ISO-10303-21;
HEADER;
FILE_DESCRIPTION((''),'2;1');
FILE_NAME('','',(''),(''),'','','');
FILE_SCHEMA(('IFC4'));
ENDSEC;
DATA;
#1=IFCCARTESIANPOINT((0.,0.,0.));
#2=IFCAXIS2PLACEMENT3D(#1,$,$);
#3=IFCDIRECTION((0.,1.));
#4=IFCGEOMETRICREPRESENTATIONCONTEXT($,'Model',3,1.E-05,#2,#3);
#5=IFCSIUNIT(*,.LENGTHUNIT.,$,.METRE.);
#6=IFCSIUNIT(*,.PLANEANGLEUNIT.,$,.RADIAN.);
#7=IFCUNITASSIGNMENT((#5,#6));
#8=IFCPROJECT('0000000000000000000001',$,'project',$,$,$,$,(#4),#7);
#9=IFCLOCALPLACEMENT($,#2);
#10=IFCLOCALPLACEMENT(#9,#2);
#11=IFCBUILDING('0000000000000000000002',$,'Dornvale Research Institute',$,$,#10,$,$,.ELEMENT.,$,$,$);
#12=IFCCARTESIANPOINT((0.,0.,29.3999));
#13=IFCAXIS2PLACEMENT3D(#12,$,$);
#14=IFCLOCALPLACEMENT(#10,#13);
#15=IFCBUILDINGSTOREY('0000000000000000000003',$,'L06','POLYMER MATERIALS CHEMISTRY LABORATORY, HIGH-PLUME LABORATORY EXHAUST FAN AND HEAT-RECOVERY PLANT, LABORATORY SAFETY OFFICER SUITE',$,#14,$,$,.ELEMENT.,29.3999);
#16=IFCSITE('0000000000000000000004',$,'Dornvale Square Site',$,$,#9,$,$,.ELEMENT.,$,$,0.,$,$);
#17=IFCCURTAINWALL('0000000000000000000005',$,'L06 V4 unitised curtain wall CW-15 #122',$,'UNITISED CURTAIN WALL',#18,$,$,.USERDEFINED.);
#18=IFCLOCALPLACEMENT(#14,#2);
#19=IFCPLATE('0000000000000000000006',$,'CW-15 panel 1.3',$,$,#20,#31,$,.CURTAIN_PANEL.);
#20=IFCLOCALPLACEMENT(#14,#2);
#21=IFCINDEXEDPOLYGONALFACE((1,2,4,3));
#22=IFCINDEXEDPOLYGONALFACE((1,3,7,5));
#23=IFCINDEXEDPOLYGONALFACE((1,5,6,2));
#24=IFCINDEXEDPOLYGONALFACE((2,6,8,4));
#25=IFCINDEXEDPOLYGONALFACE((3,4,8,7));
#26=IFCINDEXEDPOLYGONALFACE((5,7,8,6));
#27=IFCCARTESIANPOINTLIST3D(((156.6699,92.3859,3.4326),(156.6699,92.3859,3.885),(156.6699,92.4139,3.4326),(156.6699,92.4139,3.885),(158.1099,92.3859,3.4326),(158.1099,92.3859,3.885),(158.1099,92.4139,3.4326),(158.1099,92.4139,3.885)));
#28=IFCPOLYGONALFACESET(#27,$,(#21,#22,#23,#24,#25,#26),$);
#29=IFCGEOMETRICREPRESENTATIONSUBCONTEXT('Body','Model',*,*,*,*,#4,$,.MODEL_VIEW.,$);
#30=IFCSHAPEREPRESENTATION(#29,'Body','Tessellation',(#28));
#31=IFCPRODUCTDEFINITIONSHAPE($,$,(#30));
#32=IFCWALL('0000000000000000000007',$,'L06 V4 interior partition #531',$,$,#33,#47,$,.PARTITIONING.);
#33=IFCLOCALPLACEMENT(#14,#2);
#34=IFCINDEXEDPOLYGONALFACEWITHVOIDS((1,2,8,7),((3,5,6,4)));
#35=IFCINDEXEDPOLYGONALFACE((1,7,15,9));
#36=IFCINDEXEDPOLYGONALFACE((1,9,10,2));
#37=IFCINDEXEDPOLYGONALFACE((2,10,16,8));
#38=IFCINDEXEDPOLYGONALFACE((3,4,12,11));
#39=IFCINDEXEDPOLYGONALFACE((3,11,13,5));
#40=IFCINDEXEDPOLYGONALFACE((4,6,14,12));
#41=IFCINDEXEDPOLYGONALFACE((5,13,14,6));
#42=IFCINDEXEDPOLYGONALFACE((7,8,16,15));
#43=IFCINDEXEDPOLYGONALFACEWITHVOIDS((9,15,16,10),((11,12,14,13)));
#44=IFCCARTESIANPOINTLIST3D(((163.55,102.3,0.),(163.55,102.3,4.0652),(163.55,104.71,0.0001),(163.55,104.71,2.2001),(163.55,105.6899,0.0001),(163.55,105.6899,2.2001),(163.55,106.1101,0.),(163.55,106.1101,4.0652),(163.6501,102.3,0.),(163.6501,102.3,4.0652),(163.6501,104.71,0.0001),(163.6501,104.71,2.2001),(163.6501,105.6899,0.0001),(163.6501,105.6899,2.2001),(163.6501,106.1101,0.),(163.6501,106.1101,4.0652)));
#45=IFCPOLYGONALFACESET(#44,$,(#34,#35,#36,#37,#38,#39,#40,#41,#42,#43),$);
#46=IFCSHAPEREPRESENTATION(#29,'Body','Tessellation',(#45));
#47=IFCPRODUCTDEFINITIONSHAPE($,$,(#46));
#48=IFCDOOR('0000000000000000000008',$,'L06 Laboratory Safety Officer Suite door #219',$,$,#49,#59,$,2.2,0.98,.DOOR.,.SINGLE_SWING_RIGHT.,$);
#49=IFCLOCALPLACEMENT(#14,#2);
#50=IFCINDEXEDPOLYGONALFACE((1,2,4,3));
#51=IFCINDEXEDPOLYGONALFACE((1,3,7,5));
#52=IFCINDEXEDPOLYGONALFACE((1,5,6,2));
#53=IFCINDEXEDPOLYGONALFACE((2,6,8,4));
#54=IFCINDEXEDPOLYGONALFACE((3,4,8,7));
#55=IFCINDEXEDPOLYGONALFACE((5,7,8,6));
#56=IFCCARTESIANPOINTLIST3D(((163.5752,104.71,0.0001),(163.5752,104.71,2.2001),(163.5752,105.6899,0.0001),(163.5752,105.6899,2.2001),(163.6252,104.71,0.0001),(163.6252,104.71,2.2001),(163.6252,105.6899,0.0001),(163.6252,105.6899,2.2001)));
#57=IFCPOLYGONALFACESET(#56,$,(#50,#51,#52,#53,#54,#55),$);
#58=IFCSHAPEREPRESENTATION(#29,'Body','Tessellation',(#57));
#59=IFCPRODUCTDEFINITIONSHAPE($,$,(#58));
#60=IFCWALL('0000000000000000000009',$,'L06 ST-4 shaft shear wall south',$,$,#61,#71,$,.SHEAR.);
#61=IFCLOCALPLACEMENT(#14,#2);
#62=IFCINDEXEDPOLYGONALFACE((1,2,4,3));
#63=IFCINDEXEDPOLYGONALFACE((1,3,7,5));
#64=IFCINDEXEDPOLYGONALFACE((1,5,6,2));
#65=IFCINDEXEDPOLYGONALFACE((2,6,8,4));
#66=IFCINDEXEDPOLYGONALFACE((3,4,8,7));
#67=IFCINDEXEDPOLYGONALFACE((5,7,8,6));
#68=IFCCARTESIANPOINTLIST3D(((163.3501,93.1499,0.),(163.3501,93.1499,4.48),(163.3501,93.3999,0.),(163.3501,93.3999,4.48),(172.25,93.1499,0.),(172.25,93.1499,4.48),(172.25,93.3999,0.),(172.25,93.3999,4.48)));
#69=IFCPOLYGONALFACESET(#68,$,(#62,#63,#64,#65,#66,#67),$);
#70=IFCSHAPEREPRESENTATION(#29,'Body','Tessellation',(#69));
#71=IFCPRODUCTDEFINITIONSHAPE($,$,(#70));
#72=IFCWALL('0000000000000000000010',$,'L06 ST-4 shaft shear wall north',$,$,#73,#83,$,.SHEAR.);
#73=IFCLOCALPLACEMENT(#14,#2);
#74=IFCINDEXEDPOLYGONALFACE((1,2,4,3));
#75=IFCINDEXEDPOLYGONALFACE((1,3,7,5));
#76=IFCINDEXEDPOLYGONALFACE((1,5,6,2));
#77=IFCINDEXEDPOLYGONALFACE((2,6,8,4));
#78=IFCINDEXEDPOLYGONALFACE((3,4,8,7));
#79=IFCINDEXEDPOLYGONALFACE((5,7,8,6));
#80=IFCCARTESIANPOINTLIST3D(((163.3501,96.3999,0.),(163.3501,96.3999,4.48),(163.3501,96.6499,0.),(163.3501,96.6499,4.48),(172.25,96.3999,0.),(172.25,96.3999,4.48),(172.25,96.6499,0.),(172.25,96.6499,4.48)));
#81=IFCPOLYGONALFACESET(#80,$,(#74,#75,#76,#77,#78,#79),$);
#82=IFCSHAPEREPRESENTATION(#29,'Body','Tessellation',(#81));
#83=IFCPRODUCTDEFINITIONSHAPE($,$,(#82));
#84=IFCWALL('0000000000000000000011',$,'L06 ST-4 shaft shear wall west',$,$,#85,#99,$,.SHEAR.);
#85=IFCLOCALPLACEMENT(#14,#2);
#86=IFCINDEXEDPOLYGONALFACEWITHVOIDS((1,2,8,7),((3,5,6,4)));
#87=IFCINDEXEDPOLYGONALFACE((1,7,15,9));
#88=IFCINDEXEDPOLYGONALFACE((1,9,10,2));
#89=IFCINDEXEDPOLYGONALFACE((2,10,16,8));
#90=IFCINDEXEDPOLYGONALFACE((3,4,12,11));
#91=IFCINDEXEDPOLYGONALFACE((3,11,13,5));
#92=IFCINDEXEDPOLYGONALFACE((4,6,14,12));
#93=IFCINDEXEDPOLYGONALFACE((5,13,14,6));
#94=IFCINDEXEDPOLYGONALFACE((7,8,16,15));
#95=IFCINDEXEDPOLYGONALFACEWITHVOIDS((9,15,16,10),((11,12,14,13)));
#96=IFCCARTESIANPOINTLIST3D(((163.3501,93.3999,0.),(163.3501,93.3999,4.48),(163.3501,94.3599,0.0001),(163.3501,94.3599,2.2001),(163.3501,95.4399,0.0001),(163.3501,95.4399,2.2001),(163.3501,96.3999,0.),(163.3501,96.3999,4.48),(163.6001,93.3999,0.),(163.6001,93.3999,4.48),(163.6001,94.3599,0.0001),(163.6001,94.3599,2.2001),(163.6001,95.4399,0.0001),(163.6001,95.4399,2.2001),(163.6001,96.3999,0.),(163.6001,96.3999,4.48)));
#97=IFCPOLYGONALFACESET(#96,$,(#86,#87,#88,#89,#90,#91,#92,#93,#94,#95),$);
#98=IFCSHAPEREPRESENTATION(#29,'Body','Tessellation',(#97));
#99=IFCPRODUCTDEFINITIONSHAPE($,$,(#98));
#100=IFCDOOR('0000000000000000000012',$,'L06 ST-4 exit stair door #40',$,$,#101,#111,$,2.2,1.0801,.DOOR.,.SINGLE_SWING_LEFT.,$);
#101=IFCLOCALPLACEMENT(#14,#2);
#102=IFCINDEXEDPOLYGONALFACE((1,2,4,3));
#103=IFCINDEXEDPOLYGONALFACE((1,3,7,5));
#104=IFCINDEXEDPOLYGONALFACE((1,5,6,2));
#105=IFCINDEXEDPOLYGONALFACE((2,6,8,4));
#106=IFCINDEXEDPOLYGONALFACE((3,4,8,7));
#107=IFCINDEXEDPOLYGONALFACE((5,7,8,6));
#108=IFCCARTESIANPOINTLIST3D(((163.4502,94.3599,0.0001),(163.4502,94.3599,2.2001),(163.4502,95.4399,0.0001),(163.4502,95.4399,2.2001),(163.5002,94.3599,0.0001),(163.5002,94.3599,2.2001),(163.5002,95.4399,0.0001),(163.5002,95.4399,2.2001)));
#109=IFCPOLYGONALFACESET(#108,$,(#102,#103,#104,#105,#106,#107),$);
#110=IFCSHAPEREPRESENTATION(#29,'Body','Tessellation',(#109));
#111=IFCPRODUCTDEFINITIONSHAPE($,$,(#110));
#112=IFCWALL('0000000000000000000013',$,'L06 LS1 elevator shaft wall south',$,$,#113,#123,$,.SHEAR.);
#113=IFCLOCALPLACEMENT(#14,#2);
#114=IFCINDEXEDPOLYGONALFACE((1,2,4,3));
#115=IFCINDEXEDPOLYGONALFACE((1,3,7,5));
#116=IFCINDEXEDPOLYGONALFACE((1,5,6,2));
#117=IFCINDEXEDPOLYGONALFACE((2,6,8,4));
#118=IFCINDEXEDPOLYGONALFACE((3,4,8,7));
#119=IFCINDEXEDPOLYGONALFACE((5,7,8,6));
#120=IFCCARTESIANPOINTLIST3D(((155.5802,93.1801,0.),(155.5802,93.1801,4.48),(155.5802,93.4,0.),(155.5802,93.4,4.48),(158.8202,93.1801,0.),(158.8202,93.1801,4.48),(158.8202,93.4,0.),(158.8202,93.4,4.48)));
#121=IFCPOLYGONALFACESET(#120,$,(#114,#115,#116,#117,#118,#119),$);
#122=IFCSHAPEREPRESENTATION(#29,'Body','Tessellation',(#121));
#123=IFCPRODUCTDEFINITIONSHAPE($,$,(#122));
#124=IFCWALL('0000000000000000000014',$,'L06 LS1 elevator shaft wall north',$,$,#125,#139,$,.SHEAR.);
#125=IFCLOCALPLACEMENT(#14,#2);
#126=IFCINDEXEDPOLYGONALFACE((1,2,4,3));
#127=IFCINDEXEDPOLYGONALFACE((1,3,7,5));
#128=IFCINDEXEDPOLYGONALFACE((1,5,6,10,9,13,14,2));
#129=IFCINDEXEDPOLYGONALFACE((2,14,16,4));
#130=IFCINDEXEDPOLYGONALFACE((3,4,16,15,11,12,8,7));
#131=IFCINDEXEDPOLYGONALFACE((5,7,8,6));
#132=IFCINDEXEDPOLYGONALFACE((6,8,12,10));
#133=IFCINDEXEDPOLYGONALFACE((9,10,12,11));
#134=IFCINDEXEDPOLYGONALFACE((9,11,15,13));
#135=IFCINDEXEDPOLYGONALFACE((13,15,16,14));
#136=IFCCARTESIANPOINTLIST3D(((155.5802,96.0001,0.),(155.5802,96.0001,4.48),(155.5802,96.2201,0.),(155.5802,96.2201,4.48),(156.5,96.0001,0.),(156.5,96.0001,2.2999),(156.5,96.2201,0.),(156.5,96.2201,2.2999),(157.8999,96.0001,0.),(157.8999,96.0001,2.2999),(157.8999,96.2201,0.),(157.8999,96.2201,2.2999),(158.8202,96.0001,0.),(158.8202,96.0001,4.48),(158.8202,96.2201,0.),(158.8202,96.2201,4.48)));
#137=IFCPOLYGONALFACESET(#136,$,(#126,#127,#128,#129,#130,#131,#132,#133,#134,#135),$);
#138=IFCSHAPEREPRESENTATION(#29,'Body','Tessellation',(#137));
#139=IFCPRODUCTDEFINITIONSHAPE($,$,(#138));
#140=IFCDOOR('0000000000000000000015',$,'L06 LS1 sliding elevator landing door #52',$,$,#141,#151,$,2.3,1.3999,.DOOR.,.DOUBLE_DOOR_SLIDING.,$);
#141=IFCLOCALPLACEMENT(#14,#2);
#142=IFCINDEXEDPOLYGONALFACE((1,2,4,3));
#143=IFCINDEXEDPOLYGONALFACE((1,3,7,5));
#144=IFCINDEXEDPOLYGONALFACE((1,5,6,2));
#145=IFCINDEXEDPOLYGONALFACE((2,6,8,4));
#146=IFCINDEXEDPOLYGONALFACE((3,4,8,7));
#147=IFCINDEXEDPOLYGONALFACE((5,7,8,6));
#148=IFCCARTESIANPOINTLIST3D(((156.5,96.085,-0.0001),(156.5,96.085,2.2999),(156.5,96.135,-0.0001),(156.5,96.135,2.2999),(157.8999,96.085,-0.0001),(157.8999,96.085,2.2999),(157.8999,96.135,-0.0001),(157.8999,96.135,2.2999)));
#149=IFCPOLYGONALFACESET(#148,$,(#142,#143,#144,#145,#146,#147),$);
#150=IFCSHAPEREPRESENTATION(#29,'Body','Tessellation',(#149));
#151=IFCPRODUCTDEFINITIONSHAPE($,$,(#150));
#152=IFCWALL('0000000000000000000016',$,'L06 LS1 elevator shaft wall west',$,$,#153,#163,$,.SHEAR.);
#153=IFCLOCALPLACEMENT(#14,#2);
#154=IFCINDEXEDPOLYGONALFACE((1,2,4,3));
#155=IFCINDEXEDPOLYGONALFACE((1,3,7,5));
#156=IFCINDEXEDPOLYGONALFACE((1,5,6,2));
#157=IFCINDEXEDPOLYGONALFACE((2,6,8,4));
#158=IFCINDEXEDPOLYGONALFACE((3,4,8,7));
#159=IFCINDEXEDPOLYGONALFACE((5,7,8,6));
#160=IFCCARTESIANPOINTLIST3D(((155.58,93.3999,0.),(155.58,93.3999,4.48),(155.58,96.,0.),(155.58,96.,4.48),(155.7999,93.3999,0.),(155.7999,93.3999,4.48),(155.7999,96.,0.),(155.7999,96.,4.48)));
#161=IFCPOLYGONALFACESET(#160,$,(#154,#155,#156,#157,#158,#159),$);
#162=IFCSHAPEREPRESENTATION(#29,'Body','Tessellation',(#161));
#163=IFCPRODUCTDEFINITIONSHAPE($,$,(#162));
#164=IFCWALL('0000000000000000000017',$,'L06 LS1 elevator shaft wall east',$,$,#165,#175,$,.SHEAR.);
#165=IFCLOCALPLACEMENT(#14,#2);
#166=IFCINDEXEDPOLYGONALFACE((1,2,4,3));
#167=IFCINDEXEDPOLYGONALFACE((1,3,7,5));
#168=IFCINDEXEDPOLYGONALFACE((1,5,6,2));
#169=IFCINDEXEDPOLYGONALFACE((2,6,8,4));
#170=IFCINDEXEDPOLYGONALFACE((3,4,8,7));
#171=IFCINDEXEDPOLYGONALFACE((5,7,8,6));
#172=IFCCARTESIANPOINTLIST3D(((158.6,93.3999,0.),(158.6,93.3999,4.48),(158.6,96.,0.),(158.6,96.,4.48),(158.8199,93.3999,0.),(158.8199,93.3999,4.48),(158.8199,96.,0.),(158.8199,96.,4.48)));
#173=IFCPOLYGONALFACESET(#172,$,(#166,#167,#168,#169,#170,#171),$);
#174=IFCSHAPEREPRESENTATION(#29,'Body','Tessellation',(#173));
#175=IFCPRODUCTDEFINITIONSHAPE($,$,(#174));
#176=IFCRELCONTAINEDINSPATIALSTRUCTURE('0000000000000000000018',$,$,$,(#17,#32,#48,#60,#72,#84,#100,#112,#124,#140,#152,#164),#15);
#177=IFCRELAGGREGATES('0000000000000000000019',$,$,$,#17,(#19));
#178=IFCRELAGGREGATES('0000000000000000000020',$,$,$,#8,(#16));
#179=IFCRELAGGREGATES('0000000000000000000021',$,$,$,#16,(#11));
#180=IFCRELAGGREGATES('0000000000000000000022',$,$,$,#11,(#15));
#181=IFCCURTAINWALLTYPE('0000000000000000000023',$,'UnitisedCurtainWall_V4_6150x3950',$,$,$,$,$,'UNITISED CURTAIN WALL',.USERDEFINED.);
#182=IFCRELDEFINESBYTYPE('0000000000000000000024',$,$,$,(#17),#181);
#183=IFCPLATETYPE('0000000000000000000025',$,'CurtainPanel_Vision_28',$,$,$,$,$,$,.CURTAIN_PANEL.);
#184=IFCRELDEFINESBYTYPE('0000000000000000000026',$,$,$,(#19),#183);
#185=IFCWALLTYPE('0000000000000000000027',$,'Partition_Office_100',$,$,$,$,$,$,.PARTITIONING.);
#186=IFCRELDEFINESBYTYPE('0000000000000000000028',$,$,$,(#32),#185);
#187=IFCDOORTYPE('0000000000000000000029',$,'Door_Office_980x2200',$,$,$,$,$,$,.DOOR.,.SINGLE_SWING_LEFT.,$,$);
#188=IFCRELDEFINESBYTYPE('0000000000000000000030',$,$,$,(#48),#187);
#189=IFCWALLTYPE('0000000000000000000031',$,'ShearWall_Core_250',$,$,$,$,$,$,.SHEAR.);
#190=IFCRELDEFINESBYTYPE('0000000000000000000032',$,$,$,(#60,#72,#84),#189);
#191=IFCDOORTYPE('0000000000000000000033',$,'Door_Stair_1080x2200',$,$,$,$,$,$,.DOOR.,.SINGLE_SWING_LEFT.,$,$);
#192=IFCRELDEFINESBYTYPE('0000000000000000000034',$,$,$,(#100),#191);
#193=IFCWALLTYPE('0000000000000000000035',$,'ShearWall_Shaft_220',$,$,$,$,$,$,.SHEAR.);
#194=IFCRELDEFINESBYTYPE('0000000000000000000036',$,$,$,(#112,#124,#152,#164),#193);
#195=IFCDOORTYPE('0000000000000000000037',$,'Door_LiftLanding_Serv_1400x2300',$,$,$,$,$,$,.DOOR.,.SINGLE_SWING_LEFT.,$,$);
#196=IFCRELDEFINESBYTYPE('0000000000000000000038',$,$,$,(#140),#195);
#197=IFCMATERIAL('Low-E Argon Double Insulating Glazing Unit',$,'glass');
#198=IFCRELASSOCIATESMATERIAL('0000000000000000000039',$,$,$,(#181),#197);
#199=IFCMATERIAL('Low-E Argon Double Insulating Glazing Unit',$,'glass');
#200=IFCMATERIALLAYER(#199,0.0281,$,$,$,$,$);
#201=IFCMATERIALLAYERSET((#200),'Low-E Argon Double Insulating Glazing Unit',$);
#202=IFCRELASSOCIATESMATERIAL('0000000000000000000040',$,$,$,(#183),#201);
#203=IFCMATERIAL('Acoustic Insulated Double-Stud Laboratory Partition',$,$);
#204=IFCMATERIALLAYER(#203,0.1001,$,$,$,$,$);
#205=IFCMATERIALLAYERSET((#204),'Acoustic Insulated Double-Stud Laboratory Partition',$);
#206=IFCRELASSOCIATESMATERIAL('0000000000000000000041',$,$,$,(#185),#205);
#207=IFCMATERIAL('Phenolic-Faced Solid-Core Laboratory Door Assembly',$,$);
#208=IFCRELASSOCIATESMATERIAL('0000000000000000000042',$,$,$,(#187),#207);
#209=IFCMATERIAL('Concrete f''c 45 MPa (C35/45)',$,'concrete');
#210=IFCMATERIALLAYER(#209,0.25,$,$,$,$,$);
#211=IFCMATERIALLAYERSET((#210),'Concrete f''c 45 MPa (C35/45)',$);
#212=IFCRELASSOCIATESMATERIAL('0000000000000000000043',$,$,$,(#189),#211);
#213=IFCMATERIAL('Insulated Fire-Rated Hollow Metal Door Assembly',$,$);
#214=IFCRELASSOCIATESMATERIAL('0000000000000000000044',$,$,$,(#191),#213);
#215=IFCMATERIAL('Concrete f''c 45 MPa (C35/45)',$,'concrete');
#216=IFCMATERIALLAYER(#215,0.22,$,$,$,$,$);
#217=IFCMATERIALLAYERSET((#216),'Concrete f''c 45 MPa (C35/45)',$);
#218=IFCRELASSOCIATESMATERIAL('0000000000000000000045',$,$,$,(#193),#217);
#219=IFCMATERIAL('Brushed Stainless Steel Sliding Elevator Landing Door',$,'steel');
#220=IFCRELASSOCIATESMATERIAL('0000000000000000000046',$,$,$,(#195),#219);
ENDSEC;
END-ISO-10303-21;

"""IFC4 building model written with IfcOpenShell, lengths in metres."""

from ifc_helpers import new_model, si_unit, direction, frame, frame_2d, origin, origin_2d, place, context, subcontext, project, spatial, rectangle, extrude, material, layer, layer_set, type_object, element, fill, aggregate, save


model = new_model("IFC4")

# Units and contexts
model_context = context("Model", 3, precision=1e-05, world=origin(), true_north=direction((0.0, 1.0)))
body_context = subcontext(model_context, "Body", "Model", "MODEL_VIEW")
ifc_project = project(units=[si_unit("LENGTHUNIT", "METRE"), si_unit("PLANEANGLEUNIT", "RADIAN")], contexts=[model_context])

# Site, building, storey
site_placement = place(None, origin())
site = spatial("IfcSite", under=ifc_project, at=site_placement, Name="Dornvale Square Site", CompositionType="ELEMENT", RefElevation=0.0)
building_placement = place(site_placement, origin())
building = spatial("IfcBuilding", under=site, at=building_placement, Name="Dornvale Research Institute", CompositionType="ELEMENT")
storey_placement = place(building_placement, frame((0.0, 0.0, 29.3999)))
storey = spatial("IfcBuildingStorey", under=building, at=storey_placement, Name="L06", Description="POLYMER MATERIALS CHEMISTRY LABORATORY, HIGH-PLUME LABORATORY EXHAUST FAN AND HEAT-RECOVERY PLANT, LABORATORY SAFETY OFFICER SUITE", CompositionType="ELEMENT", Elevation=29.3999)

# Curtain wall
ifc_material_1 = material(Name="Low-E Argon Double Insulating Glazing Unit", Category="glass")
curtain_wall_type = type_object("IfcCurtainWallType", Name="UnitisedCurtainWall_V4_6150x3950", ElementType="UNITISED CURTAIN WALL", PredefinedType="USERDEFINED", material=ifc_material_1)
curtain_wall_placement = place(storey_placement, origin())
curtain_wall = element("IfcCurtainWall", 1, at=curtain_wall_placement, inside=storey, type_object=curtain_wall_type, Name="L06 V4 unitised curtain wall CW-15 #122", ObjectType="UNITISED CURTAIN WALL", PredefinedType="USERDEFINED")

# Plate
ifc_material_2 = material(Name="Low-E Argon Double Insulating Glazing Unit", Category="glass")
ifc_layer_1 = layer(ifc_material_2, 0.0281)
ifc_layer_set_1 = layer_set([ifc_layer_1], Name="Low-E Argon Double Insulating Glazing Unit")
plate_type = type_object("IfcPlateType", Name="CurtainPanel_Vision_28", PredefinedType="CURTAIN_PANEL", material=ifc_layer_set_1)
plate_placement = place(storey_placement, frame((157.3899, 92.3999, 3.4326), z_axis=(0.0, 0.0, 1.0), x_axis=(-1.0, 0.0, 0.0)))
plate = element("IfcPlate", 2, at=plate_placement, type_object=plate_type, Name="CW-15 panel 1.3", PredefinedType="CURTAIN_PANEL", context=body_context, shape_type="SweptSolid", body=[
    extrude(rectangle(XDim=1.4399, YDim=0.0281, at=origin_2d()), origin(), (0.0, 0.0, 1.0), 0.4524),
])
aggregate(curtain_wall, [plate])

# Wall, opening, door
ifc_material_3 = material(Name="Acoustic Insulated Double-Stud Laboratory Partition")
ifc_layer_2 = layer(ifc_material_3, 0.1001)
ifc_layer_set_2 = layer_set([ifc_layer_2], Name="Acoustic Insulated Double-Stud Laboratory Partition")
wall_type_1 = type_object("IfcWallType", Name="Partition_Office_100", PredefinedType="PARTITIONING", material=ifc_layer_set_2)
wall_1_placement = place(storey_placement, frame((163.6001, 102.3, 0.0), z_axis=(0.0, 0.0, 1.0), x_axis=(0.0, 1.0, 0.0)))
wall_1 = element("IfcWall", 3, at=wall_1_placement, inside=storey, type_object=wall_type_1, Name="L06 V4 interior partition #531", PredefinedType="PARTITIONING", context=body_context, shape_type="SweptSolid", body=[
    extrude(rectangle(XDim=3.8101, YDim=0.1001, at=frame_2d((1.905, 0.0))), origin(), (0.0, 0.0, 1.0), 4.0652),
])
opening_1_placement = place(wall_1_placement, frame((2.4099, 0.0, 0.0)))
opening_1 = element("IfcOpeningElement", 4, at=opening_1_placement, cuts=wall_1, PredefinedType="OPENING", context=body_context, shape_type="SweptSolid", body=[
    extrude(rectangle(XDim=0.98, YDim=2.2, at=frame_2d((0.49, 1.1001))), frame((0.0, 0.0649, 0.0), z_axis=(0.0, -1.0, 0.0), x_axis=(1.0, 0.0, 0.0)), (0.0, 0.0, 1.0), 0.1301),
])
ifc_material_4 = material(Name="Phenolic-Faced Solid-Core Laboratory Door Assembly")
door_type_1 = type_object("IfcDoorType", Name="Door_Office_980x2200", OperationType="SINGLE_SWING_LEFT", PredefinedType="DOOR", material=ifc_material_4)
door_1_placement = place(opening_1_placement, origin())
door_1 = element("IfcDoor", 5, at=door_1_placement, inside=storey, type_object=door_type_1, Name="L06 Laboratory Safety Officer Suite door #219", OperationType="SINGLE_SWING_RIGHT", OverallHeight=2.2, OverallWidth=0.98, PredefinedType="DOOR", context=body_context, shape_type="SweptSolid", body=[
    extrude(rectangle(XDim=0.98, YDim=2.2, at=frame_2d((0.49, 1.1001))), frame((0.0, 0.0249, 0.0), z_axis=(0.0, -1.0, 0.0), x_axis=(1.0, 0.0, 0.0)), (0.0, 0.0, 1.0), 0.05),
])
fill(opening_1, door_1)

# Walls
ifc_material_5 = material(Name="Concrete f'c 45 MPa (C35/45)", Category="concrete")
ifc_layer_3 = layer(ifc_material_5, 0.25)
ifc_layer_set_3 = layer_set([ifc_layer_3], Name="Concrete f'c 45 MPa (C35/45)")
wall_type_2 = type_object("IfcWallType", Name="ShearWall_Core_250", PredefinedType="SHEAR", material=ifc_layer_set_3)
for number, where, z_axis, x_axis, name in (
    (6, (163.3501, 93.2749, 0.0), (0.0, 0.0, 1.0), (1.0, 0.0, 0.0), "L06 ST-4 shaft shear wall south"),
    (7, (163.3501, 96.5249, 0.0), (0.0, 0.0, 1.0), (1.0, 0.0, 0.0), "L06 ST-4 shaft shear wall north"),
):
    element("IfcWall", number, at=place(storey_placement, frame(where, z_axis=z_axis, x_axis=x_axis)), inside=storey, type_object=wall_type_2, Name=name, PredefinedType="SHEAR", context=body_context, shape_type="SweptSolid", body=[
        extrude(rectangle(XDim=8.8999, YDim=0.25, at=frame_2d((4.45, 0.0))), origin(), (0.0, 0.0, 1.0), 4.48),
    ])

# Wall, opening, door
wall_2_placement = place(storey_placement, frame((163.4751, 93.3999, 0.0), z_axis=(0.0, 0.0, 1.0), x_axis=(0.0, 1.0, 0.0)))
wall_2 = element("IfcWall", 8, at=wall_2_placement, inside=storey, type_object=wall_type_2, Name="L06 ST-4 shaft shear wall west", PredefinedType="SHEAR", context=body_context, shape_type="SweptSolid", body=[
    extrude(rectangle(XDim=3.0, YDim=0.25, at=frame_2d((1.5, 0.0))), origin(), (0.0, 0.0, 1.0), 4.48),
])
opening_2_placement = place(wall_2_placement, frame((0.96, 0.0, 0.0)))
opening_2 = element("IfcOpeningElement", 9, at=opening_2_placement, cuts=wall_2, PredefinedType="OPENING", context=body_context, shape_type="SweptSolid", body=[
    extrude(rectangle(XDim=1.0801, YDim=2.2, at=frame_2d((0.54, 1.1001))), frame((0.0, 0.1399, 0.0), z_axis=(0.0, -1.0, 0.0), x_axis=(1.0, 0.0, 0.0)), (0.0, 0.0, 1.0), 0.28),
])
ifc_material_6 = material(Name="Insulated Fire-Rated Hollow Metal Door Assembly")
door_type_2 = type_object("IfcDoorType", Name="Door_Stair_1080x2200", OperationType="SINGLE_SWING_LEFT", PredefinedType="DOOR", material=ifc_material_6)
door_2_placement = place(opening_2_placement, origin())
door_2 = element("IfcDoor", 10, at=door_2_placement, inside=storey, type_object=door_type_2, Name="L06 ST-4 exit stair door #40", OperationType="SINGLE_SWING_LEFT", OverallHeight=2.2, OverallWidth=1.0801, PredefinedType="DOOR", context=body_context, shape_type="SweptSolid", body=[
    extrude(rectangle(XDim=1.0801, YDim=2.2, at=frame_2d((0.54, 1.1001))), frame((0.0, 0.0249, 0.0), z_axis=(0.0, -1.0, 0.0), x_axis=(1.0, 0.0, 0.0)), (0.0, 0.0, 1.0), 0.05),
])
fill(opening_2, door_2)

# Wall
ifc_material_7 = material(Name="Concrete f'c 45 MPa (C35/45)", Category="concrete")
ifc_layer_4 = layer(ifc_material_7, 0.22)
ifc_layer_set_4 = layer_set([ifc_layer_4], Name="Concrete f'c 45 MPa (C35/45)")
wall_type_3 = type_object("IfcWallType", Name="ShearWall_Shaft_220", PredefinedType="SHEAR", material=ifc_layer_set_4)
wall_3_placement = place(storey_placement, frame((155.5801, 93.29, 0.0), z_axis=(0.0, 0.0, 1.0), x_axis=(1.0, 0.0, 0.0)))
element("IfcWall", 11, at=wall_3_placement, inside=storey, type_object=wall_type_3, Name="L06 LS1 elevator shaft wall south", PredefinedType="SHEAR", context=body_context, shape_type="SweptSolid", body=[
    extrude(rectangle(XDim=3.24, YDim=0.22, at=frame_2d((1.6201, 0.0))), origin(), (0.0, 0.0, 1.0), 4.48),
])

# Wall, opening, door
wall_4_placement = place(storey_placement, frame((155.5801, 96.1101, 0.0), z_axis=(0.0, 0.0, 1.0), x_axis=(1.0, 0.0, 0.0)))
wall_4 = element("IfcWall", 12, at=wall_4_placement, inside=storey, type_object=wall_type_3, Name="L06 LS1 elevator shaft wall north", PredefinedType="SHEAR", context=body_context, shape_type="SweptSolid", body=[
    extrude(rectangle(XDim=3.24, YDim=0.22, at=frame_2d((1.6201, 0.0))), origin(), (0.0, 0.0, 1.0), 4.48),
])
opening_3_placement = place(wall_4_placement, frame((0.9199, 0.0, 0.0)))
opening_3 = element("IfcOpeningElement", 13, at=opening_3_placement, cuts=wall_4, PredefinedType="OPENING", context=body_context, shape_type="SweptSolid", body=[
    extrude(rectangle(XDim=1.3999, YDim=2.3, at=frame_2d((0.7, 1.1499))), frame((0.0, 0.125, 0.0), z_axis=(0.0, -1.0, 0.0), x_axis=(1.0, 0.0, 0.0)), (0.0, 0.0, 1.0), 0.25),
])
ifc_material_8 = material(Name="Brushed Stainless Steel Sliding Elevator Landing Door", Category="steel")
door_type_3 = type_object("IfcDoorType", Name="Door_LiftLanding_Serv_1400x2300", OperationType="SINGLE_SWING_LEFT", PredefinedType="DOOR", material=ifc_material_8)
door_3_placement = place(opening_3_placement, origin())
door_3 = element("IfcDoor", 14, at=door_3_placement, inside=storey, type_object=door_type_3, Name="L06 LS1 sliding elevator landing door #52", OperationType="DOUBLE_DOOR_SLIDING", OverallHeight=2.3, OverallWidth=1.3999, PredefinedType="DOOR", context=body_context, shape_type="SweptSolid", body=[
    extrude(rectangle(XDim=1.3999, YDim=2.3, at=frame_2d((0.7, 1.1499))), frame((0.0, 0.0249, 0.0), z_axis=(0.0, -1.0, 0.0), x_axis=(1.0, 0.0, 0.0)), (0.0, 0.0, 1.0), 0.05),
])
fill(opening_3, door_3)

# Walls
for number, where, z_axis, x_axis, name in (
    (15, (155.6899, 93.3999, 0.0), (0.0, 0.0, 1.0), (0.0, 1.0, 0.0), "L06 LS1 elevator shaft wall west"),
    (16, (158.71, 93.3999, 0.0), (0.0, 0.0, 1.0), (0.0, 1.0, 0.0), "L06 LS1 elevator shaft wall east"),
):
    element("IfcWall", number, at=place(storey_placement, frame(where, z_axis=z_axis, x_axis=x_axis)), inside=storey, type_object=wall_type_3, Name=name, PredefinedType="SHEAR", context=body_context, shape_type="SweptSolid", body=[
        extrude(rectangle(XDim=2.6001, YDim=0.22, at=frame_2d((1.3, 0.0))), origin(), (0.0, 0.0, 1.0), 4.48),
    ])

save(model, "model.ifc")
